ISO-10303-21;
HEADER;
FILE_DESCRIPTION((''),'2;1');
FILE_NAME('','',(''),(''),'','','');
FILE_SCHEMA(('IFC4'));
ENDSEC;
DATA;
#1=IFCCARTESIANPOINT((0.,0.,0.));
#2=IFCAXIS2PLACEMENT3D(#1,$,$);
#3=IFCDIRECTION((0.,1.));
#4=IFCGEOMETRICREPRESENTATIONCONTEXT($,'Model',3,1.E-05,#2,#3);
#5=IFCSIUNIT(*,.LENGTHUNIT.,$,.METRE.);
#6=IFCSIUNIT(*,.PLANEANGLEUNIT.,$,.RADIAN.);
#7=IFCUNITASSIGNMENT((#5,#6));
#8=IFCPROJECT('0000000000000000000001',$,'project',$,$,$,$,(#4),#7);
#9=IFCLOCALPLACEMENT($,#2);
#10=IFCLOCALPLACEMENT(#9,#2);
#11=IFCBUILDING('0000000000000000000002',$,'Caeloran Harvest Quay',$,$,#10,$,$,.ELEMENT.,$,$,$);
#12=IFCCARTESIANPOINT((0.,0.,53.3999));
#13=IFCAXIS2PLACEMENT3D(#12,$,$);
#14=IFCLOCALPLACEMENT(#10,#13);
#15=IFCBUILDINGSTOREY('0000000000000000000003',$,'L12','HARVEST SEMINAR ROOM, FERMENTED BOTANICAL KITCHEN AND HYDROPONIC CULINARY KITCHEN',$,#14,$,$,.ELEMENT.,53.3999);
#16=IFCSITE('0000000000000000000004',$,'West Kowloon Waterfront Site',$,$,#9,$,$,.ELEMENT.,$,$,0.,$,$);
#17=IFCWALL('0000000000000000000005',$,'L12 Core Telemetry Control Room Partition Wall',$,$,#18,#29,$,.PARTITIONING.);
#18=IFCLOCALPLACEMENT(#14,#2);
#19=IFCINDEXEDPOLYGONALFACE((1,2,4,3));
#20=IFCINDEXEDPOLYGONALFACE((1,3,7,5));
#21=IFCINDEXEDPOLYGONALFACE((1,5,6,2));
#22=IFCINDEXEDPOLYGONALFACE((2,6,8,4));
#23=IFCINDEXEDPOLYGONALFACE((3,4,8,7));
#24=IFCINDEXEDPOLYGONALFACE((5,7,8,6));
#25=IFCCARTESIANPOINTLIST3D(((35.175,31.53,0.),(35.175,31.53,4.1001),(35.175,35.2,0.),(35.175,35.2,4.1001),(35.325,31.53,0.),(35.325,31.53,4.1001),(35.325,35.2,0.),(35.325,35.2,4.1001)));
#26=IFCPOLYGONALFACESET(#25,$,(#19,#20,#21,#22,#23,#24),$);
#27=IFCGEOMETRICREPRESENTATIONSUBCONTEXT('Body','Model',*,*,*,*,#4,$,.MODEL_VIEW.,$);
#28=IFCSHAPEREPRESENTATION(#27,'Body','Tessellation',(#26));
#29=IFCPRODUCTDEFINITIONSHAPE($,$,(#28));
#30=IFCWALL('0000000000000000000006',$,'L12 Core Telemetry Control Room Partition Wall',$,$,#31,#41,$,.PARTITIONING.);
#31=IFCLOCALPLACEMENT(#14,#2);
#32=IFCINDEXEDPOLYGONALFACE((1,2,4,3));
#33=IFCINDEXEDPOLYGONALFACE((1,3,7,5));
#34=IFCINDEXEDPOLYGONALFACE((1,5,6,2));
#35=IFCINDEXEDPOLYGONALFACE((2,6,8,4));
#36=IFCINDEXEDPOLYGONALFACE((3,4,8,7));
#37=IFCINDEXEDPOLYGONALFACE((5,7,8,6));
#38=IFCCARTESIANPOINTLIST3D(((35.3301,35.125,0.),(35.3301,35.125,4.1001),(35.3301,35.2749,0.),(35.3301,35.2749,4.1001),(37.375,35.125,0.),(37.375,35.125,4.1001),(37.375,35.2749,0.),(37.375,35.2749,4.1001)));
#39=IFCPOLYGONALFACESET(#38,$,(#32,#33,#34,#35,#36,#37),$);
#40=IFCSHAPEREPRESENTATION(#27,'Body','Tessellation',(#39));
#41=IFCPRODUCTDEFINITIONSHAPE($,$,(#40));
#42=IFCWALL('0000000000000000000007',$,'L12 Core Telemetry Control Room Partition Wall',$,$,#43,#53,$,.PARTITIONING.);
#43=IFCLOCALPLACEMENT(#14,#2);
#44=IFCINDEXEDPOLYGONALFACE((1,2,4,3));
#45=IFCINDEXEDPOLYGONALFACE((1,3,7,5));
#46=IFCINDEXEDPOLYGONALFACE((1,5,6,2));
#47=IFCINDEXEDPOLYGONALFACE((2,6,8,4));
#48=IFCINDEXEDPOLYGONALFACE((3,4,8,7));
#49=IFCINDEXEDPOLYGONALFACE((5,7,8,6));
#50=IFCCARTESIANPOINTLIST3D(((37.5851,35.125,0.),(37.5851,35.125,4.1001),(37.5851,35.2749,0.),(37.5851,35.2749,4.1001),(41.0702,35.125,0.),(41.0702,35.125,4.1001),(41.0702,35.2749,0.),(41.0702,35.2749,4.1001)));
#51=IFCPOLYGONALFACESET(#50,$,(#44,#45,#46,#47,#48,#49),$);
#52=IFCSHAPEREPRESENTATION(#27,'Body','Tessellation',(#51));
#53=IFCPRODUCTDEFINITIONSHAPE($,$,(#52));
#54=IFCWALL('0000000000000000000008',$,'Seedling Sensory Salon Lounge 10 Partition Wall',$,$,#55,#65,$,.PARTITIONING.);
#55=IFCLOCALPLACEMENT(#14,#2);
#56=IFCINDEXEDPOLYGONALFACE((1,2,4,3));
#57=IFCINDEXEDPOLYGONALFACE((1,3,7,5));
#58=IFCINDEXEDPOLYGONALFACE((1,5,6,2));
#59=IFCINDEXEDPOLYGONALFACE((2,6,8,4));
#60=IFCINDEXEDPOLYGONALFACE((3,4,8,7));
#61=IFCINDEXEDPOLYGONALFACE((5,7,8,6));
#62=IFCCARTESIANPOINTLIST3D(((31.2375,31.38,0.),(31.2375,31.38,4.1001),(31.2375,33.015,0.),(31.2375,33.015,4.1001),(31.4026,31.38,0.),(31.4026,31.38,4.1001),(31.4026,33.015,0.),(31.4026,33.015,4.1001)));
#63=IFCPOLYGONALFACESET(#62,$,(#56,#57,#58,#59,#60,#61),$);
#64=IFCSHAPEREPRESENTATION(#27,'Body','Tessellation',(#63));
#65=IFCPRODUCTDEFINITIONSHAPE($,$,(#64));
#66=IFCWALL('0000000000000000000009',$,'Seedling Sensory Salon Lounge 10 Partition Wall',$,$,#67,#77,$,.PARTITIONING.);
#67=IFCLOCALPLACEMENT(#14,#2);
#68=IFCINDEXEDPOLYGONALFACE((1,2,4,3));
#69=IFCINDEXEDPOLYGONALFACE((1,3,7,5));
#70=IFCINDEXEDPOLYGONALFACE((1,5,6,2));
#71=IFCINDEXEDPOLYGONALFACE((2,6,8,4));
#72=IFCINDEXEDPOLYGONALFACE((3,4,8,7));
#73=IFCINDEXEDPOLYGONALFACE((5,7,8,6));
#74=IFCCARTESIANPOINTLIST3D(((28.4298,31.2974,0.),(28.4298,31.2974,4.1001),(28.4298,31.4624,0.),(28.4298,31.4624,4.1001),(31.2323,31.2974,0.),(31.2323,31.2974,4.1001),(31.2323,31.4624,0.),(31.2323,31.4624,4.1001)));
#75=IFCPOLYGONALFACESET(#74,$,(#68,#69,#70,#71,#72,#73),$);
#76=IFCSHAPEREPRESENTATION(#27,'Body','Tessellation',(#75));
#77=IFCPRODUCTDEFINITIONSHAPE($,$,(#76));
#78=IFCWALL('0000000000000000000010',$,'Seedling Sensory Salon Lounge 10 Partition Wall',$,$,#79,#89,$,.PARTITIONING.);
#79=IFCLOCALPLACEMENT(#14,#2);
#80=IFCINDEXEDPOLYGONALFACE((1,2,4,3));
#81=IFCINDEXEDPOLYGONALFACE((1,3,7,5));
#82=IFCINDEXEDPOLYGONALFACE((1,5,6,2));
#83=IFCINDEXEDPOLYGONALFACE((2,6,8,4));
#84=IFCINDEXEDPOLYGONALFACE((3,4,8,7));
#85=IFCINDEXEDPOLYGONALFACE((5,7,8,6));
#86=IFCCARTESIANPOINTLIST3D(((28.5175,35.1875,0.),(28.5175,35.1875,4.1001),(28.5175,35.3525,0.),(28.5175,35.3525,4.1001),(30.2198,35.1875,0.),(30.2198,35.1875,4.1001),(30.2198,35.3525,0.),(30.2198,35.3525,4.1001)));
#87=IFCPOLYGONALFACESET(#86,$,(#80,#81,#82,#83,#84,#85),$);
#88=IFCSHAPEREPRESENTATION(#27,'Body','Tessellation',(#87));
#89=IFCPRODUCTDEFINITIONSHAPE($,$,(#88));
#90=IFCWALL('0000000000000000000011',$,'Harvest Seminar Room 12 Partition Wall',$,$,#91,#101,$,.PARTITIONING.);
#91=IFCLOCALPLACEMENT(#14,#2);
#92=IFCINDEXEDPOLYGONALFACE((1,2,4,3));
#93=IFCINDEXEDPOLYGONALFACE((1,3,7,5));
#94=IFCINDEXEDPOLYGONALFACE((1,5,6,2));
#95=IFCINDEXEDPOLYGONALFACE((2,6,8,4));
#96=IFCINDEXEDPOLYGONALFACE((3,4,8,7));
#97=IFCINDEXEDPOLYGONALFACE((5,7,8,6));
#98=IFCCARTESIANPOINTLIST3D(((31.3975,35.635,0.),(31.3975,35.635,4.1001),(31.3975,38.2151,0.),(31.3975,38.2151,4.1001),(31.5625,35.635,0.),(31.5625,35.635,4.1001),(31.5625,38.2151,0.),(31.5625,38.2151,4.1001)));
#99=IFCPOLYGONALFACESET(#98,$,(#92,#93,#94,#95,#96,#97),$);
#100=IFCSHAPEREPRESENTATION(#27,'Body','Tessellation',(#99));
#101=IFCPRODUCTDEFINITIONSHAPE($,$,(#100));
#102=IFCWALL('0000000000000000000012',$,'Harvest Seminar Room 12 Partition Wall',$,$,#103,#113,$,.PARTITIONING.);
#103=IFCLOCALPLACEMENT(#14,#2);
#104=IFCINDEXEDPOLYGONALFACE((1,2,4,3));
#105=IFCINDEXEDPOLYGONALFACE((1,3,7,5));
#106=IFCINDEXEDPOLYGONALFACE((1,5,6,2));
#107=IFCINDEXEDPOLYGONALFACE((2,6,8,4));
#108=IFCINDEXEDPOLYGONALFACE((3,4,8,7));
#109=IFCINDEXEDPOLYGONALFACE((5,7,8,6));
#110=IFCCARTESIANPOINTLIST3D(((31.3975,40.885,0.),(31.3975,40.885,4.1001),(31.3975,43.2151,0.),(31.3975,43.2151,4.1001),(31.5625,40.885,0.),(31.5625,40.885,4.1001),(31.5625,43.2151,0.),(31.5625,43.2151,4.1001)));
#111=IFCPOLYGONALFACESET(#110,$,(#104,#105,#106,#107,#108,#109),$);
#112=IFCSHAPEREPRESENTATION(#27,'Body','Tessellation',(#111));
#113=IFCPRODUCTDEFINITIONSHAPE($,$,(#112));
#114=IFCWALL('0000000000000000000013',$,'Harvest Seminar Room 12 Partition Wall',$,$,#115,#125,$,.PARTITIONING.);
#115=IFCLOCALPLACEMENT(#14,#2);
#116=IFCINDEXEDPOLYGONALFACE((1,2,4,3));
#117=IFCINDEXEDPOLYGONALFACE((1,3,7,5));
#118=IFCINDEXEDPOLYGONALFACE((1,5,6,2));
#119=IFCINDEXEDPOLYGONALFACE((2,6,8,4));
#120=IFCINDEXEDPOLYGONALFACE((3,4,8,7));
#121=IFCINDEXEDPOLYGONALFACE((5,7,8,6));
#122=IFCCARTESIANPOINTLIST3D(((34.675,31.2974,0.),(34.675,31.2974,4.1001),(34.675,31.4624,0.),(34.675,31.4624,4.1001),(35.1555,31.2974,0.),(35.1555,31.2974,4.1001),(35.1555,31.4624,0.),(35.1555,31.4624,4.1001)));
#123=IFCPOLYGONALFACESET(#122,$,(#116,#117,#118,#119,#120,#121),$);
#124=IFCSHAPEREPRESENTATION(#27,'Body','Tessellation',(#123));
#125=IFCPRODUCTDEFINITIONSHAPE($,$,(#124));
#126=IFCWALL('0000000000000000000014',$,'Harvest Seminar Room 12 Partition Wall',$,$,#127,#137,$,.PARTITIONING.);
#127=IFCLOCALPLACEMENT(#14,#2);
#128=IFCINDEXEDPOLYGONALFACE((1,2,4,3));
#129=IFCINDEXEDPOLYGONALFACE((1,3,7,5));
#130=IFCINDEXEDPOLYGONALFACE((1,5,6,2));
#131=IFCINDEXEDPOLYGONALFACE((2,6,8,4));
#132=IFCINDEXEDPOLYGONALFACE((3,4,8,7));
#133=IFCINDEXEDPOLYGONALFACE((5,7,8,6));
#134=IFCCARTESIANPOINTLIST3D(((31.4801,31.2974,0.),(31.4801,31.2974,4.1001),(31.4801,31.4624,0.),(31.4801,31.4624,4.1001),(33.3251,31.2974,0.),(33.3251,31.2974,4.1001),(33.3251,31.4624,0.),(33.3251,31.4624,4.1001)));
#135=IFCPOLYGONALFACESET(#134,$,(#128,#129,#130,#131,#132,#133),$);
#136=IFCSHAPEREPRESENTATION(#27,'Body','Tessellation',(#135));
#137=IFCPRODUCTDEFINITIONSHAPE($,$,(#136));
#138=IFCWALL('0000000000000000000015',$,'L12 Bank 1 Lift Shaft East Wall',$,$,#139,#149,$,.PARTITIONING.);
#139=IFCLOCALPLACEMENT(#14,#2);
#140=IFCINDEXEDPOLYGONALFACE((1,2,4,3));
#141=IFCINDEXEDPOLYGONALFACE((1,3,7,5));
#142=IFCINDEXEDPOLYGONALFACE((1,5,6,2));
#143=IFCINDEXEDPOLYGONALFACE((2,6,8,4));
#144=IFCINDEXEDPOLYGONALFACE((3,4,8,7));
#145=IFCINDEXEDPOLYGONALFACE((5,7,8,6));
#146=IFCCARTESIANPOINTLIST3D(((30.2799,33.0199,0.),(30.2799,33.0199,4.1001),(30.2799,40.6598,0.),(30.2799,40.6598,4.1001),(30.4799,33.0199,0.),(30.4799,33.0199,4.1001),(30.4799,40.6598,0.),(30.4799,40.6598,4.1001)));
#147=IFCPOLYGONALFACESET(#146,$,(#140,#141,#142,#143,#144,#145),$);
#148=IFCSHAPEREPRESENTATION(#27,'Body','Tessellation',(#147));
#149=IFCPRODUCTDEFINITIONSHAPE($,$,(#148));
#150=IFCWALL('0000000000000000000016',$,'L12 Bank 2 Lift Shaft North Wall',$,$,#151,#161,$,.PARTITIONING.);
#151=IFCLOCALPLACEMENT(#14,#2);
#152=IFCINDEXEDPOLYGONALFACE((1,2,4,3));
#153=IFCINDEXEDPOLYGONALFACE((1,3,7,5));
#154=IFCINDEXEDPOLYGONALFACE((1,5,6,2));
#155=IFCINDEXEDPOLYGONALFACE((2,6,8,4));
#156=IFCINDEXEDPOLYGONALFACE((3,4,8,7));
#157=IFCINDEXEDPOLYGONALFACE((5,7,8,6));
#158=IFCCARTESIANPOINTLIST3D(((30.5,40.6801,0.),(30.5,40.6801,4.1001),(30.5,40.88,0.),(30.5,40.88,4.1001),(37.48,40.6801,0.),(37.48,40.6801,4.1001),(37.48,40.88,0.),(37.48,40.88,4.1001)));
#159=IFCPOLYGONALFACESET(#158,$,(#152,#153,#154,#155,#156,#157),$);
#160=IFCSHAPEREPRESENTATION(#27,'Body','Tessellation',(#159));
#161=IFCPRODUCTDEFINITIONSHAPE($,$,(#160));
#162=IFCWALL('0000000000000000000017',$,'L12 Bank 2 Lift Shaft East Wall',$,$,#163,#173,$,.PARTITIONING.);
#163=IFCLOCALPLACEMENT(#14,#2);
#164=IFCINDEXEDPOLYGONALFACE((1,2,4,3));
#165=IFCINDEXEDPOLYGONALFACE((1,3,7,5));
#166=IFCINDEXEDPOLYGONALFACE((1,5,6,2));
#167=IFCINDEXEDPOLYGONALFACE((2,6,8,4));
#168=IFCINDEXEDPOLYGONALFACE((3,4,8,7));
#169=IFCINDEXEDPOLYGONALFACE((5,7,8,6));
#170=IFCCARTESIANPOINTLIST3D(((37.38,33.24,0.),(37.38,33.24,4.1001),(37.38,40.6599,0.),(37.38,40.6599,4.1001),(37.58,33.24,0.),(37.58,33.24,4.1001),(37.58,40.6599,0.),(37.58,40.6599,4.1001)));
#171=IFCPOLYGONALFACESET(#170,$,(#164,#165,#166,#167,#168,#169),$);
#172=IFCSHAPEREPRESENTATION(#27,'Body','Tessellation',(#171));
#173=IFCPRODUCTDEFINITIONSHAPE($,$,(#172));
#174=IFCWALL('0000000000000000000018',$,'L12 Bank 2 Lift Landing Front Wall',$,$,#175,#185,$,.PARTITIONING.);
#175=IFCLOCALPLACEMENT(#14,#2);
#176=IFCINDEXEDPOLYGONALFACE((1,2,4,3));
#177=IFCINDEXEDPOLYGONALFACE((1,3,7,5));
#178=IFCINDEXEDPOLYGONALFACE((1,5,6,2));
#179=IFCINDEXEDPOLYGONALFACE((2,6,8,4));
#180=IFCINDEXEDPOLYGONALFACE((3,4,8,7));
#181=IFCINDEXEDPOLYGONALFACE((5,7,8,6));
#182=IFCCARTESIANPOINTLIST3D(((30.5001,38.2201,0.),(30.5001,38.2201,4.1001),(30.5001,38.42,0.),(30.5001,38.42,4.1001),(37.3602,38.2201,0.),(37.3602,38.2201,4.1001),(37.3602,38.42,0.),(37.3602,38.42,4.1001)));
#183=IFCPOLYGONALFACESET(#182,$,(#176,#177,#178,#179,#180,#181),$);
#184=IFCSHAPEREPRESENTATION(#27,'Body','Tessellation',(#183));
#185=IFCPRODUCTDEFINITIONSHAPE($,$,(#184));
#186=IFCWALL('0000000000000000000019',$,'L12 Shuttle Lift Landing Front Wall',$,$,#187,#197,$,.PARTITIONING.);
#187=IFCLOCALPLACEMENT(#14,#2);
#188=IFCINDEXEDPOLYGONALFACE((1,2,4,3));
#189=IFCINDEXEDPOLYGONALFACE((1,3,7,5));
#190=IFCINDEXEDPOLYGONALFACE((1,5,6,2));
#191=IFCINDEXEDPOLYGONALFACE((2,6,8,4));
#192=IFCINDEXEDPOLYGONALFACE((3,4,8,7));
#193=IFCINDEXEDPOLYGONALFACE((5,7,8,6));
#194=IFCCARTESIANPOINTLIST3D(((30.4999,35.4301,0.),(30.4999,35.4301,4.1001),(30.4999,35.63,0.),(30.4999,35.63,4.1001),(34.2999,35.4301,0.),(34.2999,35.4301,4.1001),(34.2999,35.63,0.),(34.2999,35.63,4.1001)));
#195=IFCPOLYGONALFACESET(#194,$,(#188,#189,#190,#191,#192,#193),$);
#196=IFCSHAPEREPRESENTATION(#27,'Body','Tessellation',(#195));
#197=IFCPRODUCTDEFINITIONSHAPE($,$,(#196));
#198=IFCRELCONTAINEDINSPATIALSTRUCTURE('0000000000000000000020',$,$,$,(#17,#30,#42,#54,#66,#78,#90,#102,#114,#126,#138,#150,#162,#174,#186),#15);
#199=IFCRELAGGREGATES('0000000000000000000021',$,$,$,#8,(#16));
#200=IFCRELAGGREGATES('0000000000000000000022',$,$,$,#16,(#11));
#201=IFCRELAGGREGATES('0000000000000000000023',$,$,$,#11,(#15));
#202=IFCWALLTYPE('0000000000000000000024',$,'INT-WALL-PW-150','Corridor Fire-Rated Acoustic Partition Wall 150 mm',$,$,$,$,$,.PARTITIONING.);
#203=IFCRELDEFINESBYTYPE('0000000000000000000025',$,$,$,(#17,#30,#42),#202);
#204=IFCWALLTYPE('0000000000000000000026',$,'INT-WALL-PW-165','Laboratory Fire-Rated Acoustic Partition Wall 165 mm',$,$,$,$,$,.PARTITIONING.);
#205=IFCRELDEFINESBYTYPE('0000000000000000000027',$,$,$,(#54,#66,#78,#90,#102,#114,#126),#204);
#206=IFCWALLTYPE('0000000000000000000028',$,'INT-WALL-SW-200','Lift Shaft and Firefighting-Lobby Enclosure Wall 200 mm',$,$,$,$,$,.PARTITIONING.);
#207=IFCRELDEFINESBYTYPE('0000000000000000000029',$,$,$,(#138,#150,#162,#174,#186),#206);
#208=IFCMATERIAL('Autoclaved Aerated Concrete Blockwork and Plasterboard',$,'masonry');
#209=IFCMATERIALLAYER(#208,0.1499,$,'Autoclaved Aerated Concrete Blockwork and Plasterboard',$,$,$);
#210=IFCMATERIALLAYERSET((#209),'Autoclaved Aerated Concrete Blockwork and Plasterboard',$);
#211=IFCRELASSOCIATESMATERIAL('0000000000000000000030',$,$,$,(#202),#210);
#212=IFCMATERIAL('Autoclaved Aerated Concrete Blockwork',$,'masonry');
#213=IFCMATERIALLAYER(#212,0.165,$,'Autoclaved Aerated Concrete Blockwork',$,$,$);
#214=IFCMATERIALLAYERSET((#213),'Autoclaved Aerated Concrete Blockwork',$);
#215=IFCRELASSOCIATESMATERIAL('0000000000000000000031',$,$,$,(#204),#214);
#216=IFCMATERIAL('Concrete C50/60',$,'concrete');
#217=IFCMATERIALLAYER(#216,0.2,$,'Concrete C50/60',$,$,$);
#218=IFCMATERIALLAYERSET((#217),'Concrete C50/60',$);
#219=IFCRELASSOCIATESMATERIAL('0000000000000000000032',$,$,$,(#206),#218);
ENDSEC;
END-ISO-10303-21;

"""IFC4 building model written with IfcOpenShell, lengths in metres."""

from ifc_helpers import new_model, si_unit, direction, frame, frame_2d, origin, place, context, subcontext, project, spatial, rectangle, extrude, material, layer, layer_set, type_object, element, save


model = new_model("IFC4")

# Units and contexts
model_context = context("Model", 3, precision=1e-05, world=origin(), true_north=direction((0.0, 1.0)))
body_context = subcontext(model_context, "Body", "Model", "MODEL_VIEW")
ifc_project = project(units=[si_unit("LENGTHUNIT", "METRE"), si_unit("PLANEANGLEUNIT", "RADIAN")], contexts=[model_context])

# Site, building, storey
site_placement = place(None, origin())
site = spatial("IfcSite", under=ifc_project, at=site_placement, Name="West Kowloon Waterfront Site", CompositionType="ELEMENT", RefElevation=0.0)
building_placement = place(site_placement, origin())
building = spatial("IfcBuilding", under=site, at=building_placement, Name="Caeloran Harvest Quay", CompositionType="ELEMENT")
storey_placement = place(building_placement, frame((0.0, 0.0, 53.3999)))
storey = spatial("IfcBuildingStorey", under=building, at=storey_placement, Name="L12", Description="HARVEST SEMINAR ROOM, FERMENTED BOTANICAL KITCHEN AND HYDROPONIC CULINARY KITCHEN", CompositionType="ELEMENT", Elevation=53.3999)

# Walls
ifc_material_1 = material(Name="Autoclaved Aerated Concrete Blockwork and Plasterboard", Category="masonry")
ifc_layer_1 = layer(ifc_material_1, 0.1499, Name="Autoclaved Aerated Concrete Blockwork and Plasterboard")
ifc_layer_set_1 = layer_set([ifc_layer_1], Name="Autoclaved Aerated Concrete Blockwork and Plasterboard")
wall_type_1 = type_object("IfcWallType", Name="INT-WALL-PW-150", Description="Corridor Fire-Rated Acoustic Partition Wall 150 mm", PredefinedType="PARTITIONING", material=ifc_layer_set_1)
wall_1_placement = place(storey_placement, frame((35.25, 31.53, 0.0), z_axis=(0.0, 0.0, 1.0), x_axis=(0.0, 1.0, 0.0)))
element("IfcWall", 1, at=wall_1_placement, inside=storey, type_object=wall_type_1, Name="L12 Core Telemetry Control Room Partition Wall", PredefinedType="PARTITIONING", context=body_context, shape_type="SweptSolid", body=[
    extrude(rectangle(XDim=3.6699, YDim=0.1499, at=frame_2d((1.835, 0.0))), origin(), (0.0, 0.0, 1.0), 4.1001),
])
wall_2_placement = place(storey_placement, frame((35.3301, 35.2, 0.0), z_axis=(0.0, 0.0, 1.0), x_axis=(1.0, 0.0, 0.0)))
element("IfcWall", 2, at=wall_2_placement, inside=storey, type_object=wall_type_1, Name="L12 Core Telemetry Control Room Partition Wall", PredefinedType="PARTITIONING", context=body_context, shape_type="SweptSolid", body=[
    extrude(rectangle(XDim=2.0449, YDim=0.1499, at=frame_2d((1.0225, 0.0))), origin(), (0.0, 0.0, 1.0), 4.1001),
])
wall_3_placement = place(storey_placement, frame((37.585, 35.2, 0.0), z_axis=(0.0, 0.0, 1.0), x_axis=(1.0, 0.0, 0.0)))
element("IfcWall", 3, at=wall_3_placement, inside=storey, type_object=wall_type_1, Name="L12 Core Telemetry Control Room Partition Wall", PredefinedType="PARTITIONING", context=body_context, shape_type="SweptSolid", body=[
    extrude(rectangle(XDim=3.4851, YDim=0.1499, at=frame_2d((1.7427, 0.0))), origin(), (0.0, 0.0, 1.0), 4.1001),
])
ifc_material_2 = material(Name="Autoclaved Aerated Concrete Blockwork", Category="masonry")
ifc_layer_2 = layer(ifc_material_2, 0.165, Name="Autoclaved Aerated Concrete Blockwork")
ifc_layer_set_2 = layer_set([ifc_layer_2], Name="Autoclaved Aerated Concrete Blockwork")
wall_type_2 = type_object("IfcWallType", Name="INT-WALL-PW-165", Description="Laboratory Fire-Rated Acoustic Partition Wall 165 mm", PredefinedType="PARTITIONING", material=ifc_layer_set_2)
wall_4_placement = place(storey_placement, frame((31.3201, 33.0149, 0.0), z_axis=(0.0, 0.0, 1.0), x_axis=(0.0, -1.0, 0.0)))
element("IfcWall", 4, at=wall_4_placement, inside=storey, type_object=wall_type_2, Name="Seedling Sensory Salon Lounge 10 Partition Wall", PredefinedType="PARTITIONING", context=body_context, shape_type="SweptSolid", body=[
    extrude(rectangle(XDim=1.635, YDim=0.165, at=frame_2d((0.8174, 0.0))), origin(), (0.0, 0.0, 1.0), 4.1001),
])
wall_5_placement = place(storey_placement, frame((31.2324, 31.3799, 0.0), z_axis=(0.0, 0.0, 1.0), x_axis=(-1.0, 0.0, 0.0)))
element("IfcWall", 5, at=wall_5_placement, inside=storey, type_object=wall_type_2, Name="Seedling Sensory Salon Lounge 10 Partition Wall", PredefinedType="PARTITIONING", context=body_context, shape_type="SweptSolid", body=[
    extrude(rectangle(XDim=2.8025, YDim=0.165, at=frame_2d((1.4014, 0.0))), origin(), (0.0, 0.0, 1.0), 4.1001),
])

# Wall
wall_6_placement = place(storey_placement, frame((28.5176, 35.27, 0.0), z_axis=(0.0, 0.0, 1.0), x_axis=(1.0, 0.0, 0.0)))
element("IfcWall", 6, at=wall_6_placement, inside=storey, type_object=wall_type_2, Name="Seedling Sensory Salon Lounge 10 Partition Wall", PredefinedType="PARTITIONING", context=body_context, shape_type="SweptSolid", body=[
    extrude(rectangle(XDim=1.7024, YDim=0.165, at=frame_2d((0.8511, 0.0))), origin(), (0.0, 0.0, 1.0), 4.1001),
])

# Walls
wall_7_placement = place(storey_placement, frame((31.48, 35.635, 0.0), z_axis=(0.0, 0.0, 1.0), x_axis=(0.0, 1.0, 0.0)))
element("IfcWall", 7, at=wall_7_placement, inside=storey, type_object=wall_type_2, Name="Harvest Seminar Room 12 Partition Wall", PredefinedType="PARTITIONING", context=body_context, shape_type="SweptSolid", body=[
    extrude(rectangle(XDim=2.5801, YDim=0.165, at=frame_2d((1.29, 0.0))), origin(), (0.0, 0.0, 1.0), 4.1001),
])
wall_8_placement = place(storey_placement, frame((31.48, 40.885, 0.0), z_axis=(0.0, 0.0, 1.0), x_axis=(0.0, 1.0, 0.0)))
element("IfcWall", 8, at=wall_8_placement, inside=storey, type_object=wall_type_2, Name="Harvest Seminar Room 12 Partition Wall", PredefinedType="PARTITIONING", context=body_context, shape_type="SweptSolid", body=[
    extrude(rectangle(XDim=2.3301, YDim=0.165, at=frame_2d((1.165, 0.0))), origin(), (0.0, 0.0, 1.0), 4.1001),
])
wall_9_placement = place(storey_placement, frame((35.1555, 31.3799, 0.0), z_axis=(0.0, 0.0, 1.0), x_axis=(-1.0, 0.0, 0.0)))
element("IfcWall", 9, at=wall_9_placement, inside=storey, type_object=wall_type_2, Name="Harvest Seminar Room 12 Partition Wall", PredefinedType="PARTITIONING", context=body_context, shape_type="SweptSolid", body=[
    extrude(rectangle(XDim=0.4805, YDim=0.165, at=frame_2d((0.2402, 0.0))), origin(), (0.0, 0.0, 1.0), 4.1001),
])
wall_10_placement = place(storey_placement, frame((33.325, 31.3799, 0.0), z_axis=(0.0, 0.0, 1.0), x_axis=(-1.0, 0.0, 0.0)))
element("IfcWall", 10, at=wall_10_placement, inside=storey, type_object=wall_type_2, Name="Harvest Seminar Room 12 Partition Wall", PredefinedType="PARTITIONING", context=body_context, shape_type="SweptSolid", body=[
    extrude(rectangle(XDim=1.845, YDim=0.165, at=frame_2d((0.9224, 0.0))), origin(), (0.0, 0.0, 1.0), 4.1001),
])
ifc_material_3 = material(Name="Concrete C50/60", Category="concrete")
ifc_layer_3 = layer(ifc_material_3, 0.2, Name="Concrete C50/60")
ifc_layer_set_3 = layer_set([ifc_layer_3], Name="Concrete C50/60")
wall_type_3 = type_object("IfcWallType", Name="INT-WALL-SW-200", Description="Lift Shaft and Firefighting-Lobby Enclosure Wall 200 mm", PredefinedType="PARTITIONING", material=ifc_layer_set_3)
wall_11_placement = place(storey_placement, frame((30.3799, 33.02, 0.0), z_axis=(0.0, 0.0, 1.0), x_axis=(0.0, 1.0, 0.0)))
element("IfcWall", 11, at=wall_11_placement, inside=storey, type_object=wall_type_3, Name="L12 Bank 1 Lift Shaft East Wall", PredefinedType="PARTITIONING", context=body_context, shape_type="SweptSolid", body=[
    extrude(rectangle(XDim=7.6399, YDim=0.2, at=frame_2d((3.8198, 0.0))), origin(), (0.0, 0.0, 1.0), 4.1001),
])
wall_12_placement = place(storey_placement, frame((30.5, 40.78, 0.0), z_axis=(0.0, 0.0, 1.0), x_axis=(1.0, 0.0, 0.0)))
element("IfcWall", 12, at=wall_12_placement, inside=storey, type_object=wall_type_3, Name="L12 Bank 2 Lift Shaft North Wall", PredefinedType="PARTITIONING", context=body_context, shape_type="SweptSolid", body=[
    extrude(rectangle(XDim=6.98, YDim=0.2, at=frame_2d((3.49, 0.0))), origin(), (0.0, 0.0, 1.0), 4.1001),
])
wall_13_placement = place(storey_placement, frame((37.48, 33.24, 0.0), z_axis=(0.0, 0.0, 1.0), x_axis=(0.0, 1.0, 0.0)))
element("IfcWall", 13, at=wall_13_placement, inside=storey, type_object=wall_type_3, Name="L12 Bank 2 Lift Shaft East Wall", PredefinedType="PARTITIONING", context=body_context, shape_type="SweptSolid", body=[
    extrude(rectangle(XDim=7.4199, YDim=0.2, at=frame_2d((3.71, 0.0))), origin(), (0.0, 0.0, 1.0), 4.1001),
])
wall_14_placement = place(storey_placement, frame((30.5, 38.3201, 0.0), z_axis=(0.0, 0.0, 1.0), x_axis=(1.0, 0.0, 0.0)))
element("IfcWall", 14, at=wall_14_placement, inside=storey, type_object=wall_type_3, Name="L12 Bank 2 Lift Landing Front Wall", PredefinedType="PARTITIONING", context=body_context, shape_type="SweptSolid", body=[
    extrude(rectangle(XDim=6.8601, YDim=0.2, at=frame_2d((3.4302, 0.0))), origin(), (0.0, 0.0, 1.0), 4.1001),
])
for number, where, z_axis, x_axis, name in (
    (15, (30.5, 35.53, 0.0), (0.0, 0.0, 1.0), (1.0, 0.0, 0.0), "L12 Shuttle Lift Landing Front Wall"),
):
    element("IfcWall", number, at=place(storey_placement, frame(where, z_axis=z_axis, x_axis=x_axis)), inside=storey, type_object=wall_type_3, Name=name, PredefinedType="PARTITIONING", context=body_context, shape_type="SweptSolid", body=[
        extrude(rectangle(XDim=3.8, YDim=0.2, at=frame_2d((1.8999, 0.0))), origin(), (0.0, 0.0, 1.0), 4.1001),
    ])

save(model, "model.ifc")
